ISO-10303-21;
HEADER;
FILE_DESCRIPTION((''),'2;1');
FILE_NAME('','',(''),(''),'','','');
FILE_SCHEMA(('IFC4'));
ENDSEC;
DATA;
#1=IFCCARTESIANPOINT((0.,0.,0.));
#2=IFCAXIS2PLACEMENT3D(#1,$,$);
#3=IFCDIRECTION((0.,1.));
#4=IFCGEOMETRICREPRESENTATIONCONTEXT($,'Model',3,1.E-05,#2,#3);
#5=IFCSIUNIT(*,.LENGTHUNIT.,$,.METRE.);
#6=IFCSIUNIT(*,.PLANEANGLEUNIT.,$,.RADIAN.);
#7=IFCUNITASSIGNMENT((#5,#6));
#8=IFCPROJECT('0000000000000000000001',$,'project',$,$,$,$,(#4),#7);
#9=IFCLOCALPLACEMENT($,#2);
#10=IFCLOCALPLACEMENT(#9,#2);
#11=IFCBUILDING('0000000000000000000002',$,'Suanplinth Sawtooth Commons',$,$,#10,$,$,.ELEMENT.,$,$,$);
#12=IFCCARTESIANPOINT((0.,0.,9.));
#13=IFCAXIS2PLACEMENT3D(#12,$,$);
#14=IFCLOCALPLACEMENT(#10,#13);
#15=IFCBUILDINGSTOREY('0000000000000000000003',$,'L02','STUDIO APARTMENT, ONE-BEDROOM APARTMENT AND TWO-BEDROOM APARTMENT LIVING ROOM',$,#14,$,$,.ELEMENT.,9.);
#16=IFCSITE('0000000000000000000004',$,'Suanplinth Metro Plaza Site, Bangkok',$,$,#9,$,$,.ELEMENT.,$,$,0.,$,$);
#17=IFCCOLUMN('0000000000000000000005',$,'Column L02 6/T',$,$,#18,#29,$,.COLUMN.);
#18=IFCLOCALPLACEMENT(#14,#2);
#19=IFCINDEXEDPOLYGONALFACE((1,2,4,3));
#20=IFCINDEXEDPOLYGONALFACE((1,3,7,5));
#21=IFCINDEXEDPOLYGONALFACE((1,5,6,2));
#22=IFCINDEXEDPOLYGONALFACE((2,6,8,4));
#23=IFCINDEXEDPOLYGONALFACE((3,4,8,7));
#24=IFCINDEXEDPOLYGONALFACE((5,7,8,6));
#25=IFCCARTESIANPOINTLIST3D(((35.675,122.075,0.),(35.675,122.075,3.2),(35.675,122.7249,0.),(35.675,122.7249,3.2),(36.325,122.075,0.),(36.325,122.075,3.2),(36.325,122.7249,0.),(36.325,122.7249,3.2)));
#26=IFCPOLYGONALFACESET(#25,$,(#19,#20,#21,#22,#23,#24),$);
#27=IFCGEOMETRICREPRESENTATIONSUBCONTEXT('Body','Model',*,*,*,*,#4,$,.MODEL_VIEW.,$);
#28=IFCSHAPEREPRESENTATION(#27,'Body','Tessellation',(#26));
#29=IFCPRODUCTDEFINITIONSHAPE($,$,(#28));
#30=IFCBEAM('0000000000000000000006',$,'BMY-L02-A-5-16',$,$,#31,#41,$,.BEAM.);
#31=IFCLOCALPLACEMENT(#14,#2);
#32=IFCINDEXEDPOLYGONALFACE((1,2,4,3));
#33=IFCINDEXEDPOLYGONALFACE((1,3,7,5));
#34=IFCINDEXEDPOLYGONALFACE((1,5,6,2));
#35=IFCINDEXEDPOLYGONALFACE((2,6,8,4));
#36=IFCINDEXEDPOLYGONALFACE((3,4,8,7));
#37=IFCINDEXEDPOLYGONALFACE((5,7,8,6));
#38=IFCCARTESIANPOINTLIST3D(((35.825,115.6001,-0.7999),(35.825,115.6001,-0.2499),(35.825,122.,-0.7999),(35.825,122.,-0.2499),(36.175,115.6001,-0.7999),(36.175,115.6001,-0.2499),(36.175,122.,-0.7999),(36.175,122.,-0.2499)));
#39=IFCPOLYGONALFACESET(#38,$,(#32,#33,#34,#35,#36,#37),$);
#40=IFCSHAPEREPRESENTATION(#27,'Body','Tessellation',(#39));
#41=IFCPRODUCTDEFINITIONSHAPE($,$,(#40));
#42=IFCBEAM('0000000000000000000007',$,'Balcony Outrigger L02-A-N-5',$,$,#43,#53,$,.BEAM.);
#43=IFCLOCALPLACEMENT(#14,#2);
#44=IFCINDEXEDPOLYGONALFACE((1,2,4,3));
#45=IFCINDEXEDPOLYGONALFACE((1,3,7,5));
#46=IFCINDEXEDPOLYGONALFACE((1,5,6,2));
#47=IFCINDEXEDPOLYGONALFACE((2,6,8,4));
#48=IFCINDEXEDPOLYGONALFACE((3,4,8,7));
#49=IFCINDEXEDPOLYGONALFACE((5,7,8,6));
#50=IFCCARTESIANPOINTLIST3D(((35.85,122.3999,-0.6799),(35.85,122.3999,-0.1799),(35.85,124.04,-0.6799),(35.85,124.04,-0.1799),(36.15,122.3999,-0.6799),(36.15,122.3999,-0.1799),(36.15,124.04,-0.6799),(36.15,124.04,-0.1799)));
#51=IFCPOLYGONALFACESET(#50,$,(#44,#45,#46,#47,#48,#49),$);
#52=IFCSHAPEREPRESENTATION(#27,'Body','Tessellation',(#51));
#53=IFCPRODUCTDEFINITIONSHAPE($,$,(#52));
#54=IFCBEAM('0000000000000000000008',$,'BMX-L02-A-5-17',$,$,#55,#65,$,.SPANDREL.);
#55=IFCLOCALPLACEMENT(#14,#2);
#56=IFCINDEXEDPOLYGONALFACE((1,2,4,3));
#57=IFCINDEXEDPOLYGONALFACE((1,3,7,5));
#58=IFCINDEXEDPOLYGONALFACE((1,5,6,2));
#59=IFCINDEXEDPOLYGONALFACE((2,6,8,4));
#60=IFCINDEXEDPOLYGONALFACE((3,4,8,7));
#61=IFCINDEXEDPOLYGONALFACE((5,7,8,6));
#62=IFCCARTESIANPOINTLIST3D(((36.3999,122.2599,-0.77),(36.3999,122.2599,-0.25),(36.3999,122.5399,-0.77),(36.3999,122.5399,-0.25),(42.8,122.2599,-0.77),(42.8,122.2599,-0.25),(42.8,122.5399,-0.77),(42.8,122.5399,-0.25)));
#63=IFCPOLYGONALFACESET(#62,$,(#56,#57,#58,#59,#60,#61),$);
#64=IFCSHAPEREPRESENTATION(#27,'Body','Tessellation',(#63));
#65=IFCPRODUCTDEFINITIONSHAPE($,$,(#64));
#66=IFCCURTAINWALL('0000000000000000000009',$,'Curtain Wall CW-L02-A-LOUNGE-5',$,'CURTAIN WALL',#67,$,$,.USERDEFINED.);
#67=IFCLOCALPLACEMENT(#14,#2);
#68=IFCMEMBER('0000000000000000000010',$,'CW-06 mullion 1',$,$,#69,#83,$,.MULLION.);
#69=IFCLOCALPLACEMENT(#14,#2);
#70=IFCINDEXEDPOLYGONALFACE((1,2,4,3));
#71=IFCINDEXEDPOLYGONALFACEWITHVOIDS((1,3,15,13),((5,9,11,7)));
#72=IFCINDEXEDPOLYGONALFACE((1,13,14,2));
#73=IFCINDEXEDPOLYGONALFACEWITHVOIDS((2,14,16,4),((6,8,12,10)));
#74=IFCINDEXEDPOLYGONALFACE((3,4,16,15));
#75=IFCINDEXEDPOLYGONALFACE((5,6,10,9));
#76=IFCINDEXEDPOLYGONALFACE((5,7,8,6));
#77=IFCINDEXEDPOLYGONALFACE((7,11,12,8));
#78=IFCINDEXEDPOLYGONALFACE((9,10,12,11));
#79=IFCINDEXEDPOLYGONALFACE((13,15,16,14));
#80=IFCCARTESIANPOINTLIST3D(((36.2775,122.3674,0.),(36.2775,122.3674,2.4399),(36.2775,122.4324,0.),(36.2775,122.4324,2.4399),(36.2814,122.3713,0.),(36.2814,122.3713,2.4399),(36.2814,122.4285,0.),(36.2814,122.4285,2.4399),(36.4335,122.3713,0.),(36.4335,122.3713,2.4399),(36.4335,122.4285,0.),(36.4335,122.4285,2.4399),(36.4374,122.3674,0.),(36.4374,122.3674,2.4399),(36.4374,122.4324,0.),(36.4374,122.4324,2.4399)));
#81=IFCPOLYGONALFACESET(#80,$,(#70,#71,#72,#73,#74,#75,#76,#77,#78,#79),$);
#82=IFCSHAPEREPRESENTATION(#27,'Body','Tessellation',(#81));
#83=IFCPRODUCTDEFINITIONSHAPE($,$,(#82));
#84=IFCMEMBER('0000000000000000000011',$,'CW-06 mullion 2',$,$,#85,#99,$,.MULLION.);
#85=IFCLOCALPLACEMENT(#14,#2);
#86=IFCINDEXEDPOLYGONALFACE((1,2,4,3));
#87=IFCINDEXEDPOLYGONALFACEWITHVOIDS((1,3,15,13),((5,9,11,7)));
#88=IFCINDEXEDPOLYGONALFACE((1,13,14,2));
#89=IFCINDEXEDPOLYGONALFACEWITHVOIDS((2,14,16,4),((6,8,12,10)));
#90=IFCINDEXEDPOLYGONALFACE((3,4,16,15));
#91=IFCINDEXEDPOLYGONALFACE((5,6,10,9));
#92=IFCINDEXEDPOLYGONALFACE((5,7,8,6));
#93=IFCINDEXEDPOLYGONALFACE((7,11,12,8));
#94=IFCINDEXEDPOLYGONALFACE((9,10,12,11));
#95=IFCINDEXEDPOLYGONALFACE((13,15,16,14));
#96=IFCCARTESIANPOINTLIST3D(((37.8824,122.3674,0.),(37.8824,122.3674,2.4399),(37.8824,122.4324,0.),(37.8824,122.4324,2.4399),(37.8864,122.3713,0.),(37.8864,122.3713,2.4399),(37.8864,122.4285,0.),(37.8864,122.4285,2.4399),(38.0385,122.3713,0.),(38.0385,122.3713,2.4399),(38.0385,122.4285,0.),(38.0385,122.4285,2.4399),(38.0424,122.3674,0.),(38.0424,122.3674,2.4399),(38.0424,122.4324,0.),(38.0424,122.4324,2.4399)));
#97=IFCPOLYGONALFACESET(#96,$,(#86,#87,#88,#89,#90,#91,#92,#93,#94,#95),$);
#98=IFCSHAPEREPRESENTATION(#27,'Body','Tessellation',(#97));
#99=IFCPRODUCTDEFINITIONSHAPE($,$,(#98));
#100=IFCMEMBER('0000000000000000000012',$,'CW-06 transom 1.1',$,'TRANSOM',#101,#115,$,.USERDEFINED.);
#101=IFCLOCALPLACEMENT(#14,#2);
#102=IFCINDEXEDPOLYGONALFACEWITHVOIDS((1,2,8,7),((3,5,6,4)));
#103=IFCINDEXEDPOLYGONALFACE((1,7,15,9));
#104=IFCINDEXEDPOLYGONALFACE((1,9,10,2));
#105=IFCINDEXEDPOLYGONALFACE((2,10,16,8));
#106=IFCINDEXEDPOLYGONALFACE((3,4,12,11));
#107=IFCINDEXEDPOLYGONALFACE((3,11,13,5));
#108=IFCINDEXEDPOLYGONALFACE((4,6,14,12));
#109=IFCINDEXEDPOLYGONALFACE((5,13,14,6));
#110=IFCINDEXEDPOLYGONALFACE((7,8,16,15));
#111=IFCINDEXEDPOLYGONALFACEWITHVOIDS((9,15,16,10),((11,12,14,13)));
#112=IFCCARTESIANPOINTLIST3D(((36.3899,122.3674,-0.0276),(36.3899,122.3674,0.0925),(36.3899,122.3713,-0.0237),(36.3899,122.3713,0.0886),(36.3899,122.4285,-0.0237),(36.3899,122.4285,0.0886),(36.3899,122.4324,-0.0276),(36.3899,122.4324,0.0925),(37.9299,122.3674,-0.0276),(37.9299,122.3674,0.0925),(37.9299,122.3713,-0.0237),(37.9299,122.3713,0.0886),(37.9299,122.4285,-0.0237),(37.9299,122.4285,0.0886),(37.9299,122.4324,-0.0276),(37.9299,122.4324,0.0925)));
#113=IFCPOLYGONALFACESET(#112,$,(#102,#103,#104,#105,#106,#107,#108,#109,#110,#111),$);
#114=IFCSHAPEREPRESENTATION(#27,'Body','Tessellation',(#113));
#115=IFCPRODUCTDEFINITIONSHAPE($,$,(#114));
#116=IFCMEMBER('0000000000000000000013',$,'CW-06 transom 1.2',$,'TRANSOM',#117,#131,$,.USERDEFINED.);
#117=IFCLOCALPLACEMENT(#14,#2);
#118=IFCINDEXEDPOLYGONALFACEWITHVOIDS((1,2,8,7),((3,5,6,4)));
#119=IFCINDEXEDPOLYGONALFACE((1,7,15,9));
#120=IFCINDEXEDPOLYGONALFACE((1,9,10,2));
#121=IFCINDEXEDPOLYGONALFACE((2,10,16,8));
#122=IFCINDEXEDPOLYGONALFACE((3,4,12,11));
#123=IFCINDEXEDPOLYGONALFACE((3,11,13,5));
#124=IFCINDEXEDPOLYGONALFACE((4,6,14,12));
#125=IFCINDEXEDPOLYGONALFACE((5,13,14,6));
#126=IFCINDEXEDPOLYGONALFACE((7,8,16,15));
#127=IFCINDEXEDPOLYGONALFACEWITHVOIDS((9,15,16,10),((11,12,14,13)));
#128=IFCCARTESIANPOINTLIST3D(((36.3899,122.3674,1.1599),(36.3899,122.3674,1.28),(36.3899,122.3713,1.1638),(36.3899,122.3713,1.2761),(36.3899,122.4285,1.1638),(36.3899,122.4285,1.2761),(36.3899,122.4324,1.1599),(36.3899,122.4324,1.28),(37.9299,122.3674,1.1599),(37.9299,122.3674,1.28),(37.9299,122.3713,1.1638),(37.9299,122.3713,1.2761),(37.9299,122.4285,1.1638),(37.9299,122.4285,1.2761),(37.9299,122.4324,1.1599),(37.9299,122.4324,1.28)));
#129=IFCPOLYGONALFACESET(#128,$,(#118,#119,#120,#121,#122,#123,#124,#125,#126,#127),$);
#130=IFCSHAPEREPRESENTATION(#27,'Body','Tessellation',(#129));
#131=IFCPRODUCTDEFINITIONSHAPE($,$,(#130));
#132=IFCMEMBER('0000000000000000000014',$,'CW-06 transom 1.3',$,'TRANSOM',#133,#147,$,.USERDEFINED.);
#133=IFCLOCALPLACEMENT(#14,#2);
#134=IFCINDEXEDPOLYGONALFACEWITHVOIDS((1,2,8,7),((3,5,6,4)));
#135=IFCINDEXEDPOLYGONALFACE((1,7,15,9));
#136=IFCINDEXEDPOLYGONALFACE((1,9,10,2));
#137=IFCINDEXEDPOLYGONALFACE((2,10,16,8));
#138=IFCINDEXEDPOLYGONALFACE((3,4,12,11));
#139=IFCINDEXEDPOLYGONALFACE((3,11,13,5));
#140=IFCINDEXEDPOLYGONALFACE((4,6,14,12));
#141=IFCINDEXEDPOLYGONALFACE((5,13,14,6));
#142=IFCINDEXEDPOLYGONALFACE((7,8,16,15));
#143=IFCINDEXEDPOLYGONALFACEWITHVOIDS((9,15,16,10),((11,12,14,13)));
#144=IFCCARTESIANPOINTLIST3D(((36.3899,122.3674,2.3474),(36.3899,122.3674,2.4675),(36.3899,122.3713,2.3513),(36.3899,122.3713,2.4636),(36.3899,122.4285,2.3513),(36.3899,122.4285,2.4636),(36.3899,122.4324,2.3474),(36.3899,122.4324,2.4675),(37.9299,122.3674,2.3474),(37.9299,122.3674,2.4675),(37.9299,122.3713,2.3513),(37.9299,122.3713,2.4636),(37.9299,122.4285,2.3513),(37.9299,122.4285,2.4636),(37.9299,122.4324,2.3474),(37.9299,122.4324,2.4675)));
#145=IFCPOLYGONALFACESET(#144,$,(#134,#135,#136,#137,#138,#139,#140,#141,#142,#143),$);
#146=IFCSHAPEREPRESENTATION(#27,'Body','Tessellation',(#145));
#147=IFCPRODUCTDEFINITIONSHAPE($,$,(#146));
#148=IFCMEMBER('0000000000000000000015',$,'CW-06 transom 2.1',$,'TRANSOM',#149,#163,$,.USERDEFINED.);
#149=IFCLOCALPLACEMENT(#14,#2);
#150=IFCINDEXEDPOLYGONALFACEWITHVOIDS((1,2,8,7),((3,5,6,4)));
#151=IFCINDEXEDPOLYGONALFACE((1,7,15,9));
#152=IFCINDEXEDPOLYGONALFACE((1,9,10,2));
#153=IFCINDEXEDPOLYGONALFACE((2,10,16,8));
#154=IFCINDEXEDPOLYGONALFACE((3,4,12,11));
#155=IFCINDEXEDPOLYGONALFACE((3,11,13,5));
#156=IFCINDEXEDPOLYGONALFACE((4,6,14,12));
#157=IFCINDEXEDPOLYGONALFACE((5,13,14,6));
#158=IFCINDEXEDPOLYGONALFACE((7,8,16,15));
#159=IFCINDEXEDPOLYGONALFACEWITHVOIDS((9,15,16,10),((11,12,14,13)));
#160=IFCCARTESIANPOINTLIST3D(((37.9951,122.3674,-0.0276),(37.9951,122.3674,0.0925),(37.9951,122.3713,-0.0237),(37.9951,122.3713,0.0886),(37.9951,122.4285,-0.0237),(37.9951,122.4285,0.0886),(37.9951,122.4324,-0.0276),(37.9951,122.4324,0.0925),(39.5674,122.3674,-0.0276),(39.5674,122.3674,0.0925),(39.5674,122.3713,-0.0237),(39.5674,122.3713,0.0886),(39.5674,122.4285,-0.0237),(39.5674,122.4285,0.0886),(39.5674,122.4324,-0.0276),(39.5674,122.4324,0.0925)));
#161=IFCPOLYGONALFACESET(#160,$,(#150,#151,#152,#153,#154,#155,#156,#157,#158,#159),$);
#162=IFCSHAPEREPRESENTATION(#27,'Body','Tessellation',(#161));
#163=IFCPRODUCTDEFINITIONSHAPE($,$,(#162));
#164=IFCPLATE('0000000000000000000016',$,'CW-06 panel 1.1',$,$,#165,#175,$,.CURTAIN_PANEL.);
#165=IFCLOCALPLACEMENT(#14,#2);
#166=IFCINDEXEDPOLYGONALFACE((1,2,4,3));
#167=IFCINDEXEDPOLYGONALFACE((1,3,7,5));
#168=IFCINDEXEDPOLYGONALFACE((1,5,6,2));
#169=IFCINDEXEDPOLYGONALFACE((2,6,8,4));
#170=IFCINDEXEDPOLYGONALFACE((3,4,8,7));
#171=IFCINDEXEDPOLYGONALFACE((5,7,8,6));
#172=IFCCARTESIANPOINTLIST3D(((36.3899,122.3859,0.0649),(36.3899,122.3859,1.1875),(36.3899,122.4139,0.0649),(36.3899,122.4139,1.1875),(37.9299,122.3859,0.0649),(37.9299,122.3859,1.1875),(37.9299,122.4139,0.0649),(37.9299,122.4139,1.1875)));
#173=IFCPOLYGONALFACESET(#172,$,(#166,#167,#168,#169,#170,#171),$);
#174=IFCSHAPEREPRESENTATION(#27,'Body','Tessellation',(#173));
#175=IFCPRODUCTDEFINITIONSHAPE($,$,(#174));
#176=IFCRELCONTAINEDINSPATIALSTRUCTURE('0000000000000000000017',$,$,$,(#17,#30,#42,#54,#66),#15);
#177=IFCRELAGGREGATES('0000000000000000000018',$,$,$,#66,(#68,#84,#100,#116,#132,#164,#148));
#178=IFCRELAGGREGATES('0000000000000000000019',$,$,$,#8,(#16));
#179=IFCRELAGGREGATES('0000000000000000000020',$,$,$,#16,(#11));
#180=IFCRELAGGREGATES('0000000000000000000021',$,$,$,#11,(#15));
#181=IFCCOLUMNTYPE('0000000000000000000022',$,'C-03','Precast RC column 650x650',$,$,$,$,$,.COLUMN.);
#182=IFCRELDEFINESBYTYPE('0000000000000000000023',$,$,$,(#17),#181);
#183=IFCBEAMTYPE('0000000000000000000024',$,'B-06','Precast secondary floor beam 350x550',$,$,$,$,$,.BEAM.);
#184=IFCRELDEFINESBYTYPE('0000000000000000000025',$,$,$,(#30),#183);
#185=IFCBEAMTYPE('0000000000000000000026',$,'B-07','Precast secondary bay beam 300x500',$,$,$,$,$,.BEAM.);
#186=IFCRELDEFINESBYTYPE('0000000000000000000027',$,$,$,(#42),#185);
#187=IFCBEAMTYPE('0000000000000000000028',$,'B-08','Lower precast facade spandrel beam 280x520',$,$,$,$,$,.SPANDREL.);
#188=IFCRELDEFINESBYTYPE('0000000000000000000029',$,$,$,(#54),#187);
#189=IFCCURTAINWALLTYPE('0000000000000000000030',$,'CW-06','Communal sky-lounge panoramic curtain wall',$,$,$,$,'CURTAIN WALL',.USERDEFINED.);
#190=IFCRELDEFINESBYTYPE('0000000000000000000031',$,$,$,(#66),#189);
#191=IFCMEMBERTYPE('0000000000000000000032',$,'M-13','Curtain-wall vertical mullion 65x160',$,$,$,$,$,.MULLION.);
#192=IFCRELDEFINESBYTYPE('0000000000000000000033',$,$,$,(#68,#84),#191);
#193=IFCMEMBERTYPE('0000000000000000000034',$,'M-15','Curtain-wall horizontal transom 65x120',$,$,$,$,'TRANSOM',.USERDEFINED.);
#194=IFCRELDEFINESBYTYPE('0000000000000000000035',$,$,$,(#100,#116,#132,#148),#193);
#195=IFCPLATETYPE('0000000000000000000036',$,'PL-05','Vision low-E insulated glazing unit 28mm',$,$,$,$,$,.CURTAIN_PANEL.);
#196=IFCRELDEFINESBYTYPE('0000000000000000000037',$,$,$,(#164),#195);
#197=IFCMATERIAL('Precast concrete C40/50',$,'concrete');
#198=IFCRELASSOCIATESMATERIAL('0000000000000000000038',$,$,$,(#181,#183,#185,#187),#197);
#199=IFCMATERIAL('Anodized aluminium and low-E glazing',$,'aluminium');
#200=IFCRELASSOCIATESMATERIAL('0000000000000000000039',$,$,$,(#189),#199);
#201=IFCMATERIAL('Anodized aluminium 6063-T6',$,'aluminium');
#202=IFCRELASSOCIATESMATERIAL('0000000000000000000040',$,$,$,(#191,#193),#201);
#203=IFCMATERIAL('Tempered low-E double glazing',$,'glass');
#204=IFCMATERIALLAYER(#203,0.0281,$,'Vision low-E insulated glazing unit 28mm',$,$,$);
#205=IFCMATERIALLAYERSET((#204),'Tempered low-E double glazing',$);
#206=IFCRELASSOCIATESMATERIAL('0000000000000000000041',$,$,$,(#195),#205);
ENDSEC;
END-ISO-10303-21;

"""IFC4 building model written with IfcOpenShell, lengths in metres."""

from ifc_helpers import new_model, si_unit, direction, frame, origin, origin_2d, place, context, subcontext, project, spatial, rectangle, hollow_rectangle, extrude, material, layer, layer_set, material_profile, profile_set, type_object, element, aggregate, save


model = new_model("IFC4")

# Units and contexts
model_context = context("Model", 3, precision=1e-05, world=origin(), true_north=direction((0.0, 1.0)))
body_context = subcontext(model_context, "Body", "Model", "MODEL_VIEW")
ifc_project = project(units=[si_unit("LENGTHUNIT", "METRE"), si_unit("PLANEANGLEUNIT", "RADIAN")], contexts=[model_context])

# Site, building, storey
site_placement = place(None, origin())
site = spatial("IfcSite", under=ifc_project, at=site_placement, Name="Suanplinth Metro Plaza Site, Bangkok", CompositionType="ELEMENT", RefElevation=0.0)
building_placement = place(site_placement, origin())
building = spatial("IfcBuilding", under=site, at=building_placement, Name="Suanplinth Sawtooth Commons", CompositionType="ELEMENT")
storey_placement = place(building_placement, frame((0.0, 0.0, 9.0)))
storey = spatial("IfcBuildingStorey", under=building, at=storey_placement, Name="L02", Description="STUDIO APARTMENT, ONE-BEDROOM APARTMENT AND TWO-BEDROOM APARTMENT LIVING ROOM", CompositionType="ELEMENT", Elevation=9.0)

# Column
ifc_material_1 = material(Name="Precast concrete C40/50", Category="concrete")
ifc_material_profile_1 = material_profile(ifc_material_1, rectangle(XDim=0.6499, YDim=0.6499, at=origin_2d()), Name="PC-COL 650x650")
ifc_profile_set_1 = profile_set([ifc_material_profile_1], Name="Precast concrete C40/50")
column_type = type_object("IfcColumnType", Name="C-03", Description="Precast RC column 650x650", PredefinedType="COLUMN", material=ifc_profile_set_1)
column_placement = place(storey_placement, frame((36.0, 122.3999, 0.0), z_axis=(0.0, 0.0, 1.0), x_axis=(1.0, 0.0, 0.0)))
element("IfcColumn", 1, at=column_placement, inside=storey, type_object=column_type, Name="Column L02 6/T", PredefinedType="COLUMN", context=body_context, shape_type="SweptSolid", body=[
    extrude(rectangle(XDim=0.6499, YDim=0.6499, at=origin_2d()), origin(), (0.0, 0.0, 1.0), 3.2),
])

# Beams
ifc_material_profile_2 = material_profile(ifc_material_1, rectangle(XDim=0.3501, YDim=0.55, at=origin_2d()), Name="PC-BM 350x550")
ifc_profile_set_2 = profile_set([ifc_material_profile_2], Name="Precast concrete C40/50")
beam_type_1 = type_object("IfcBeamType", Name="B-06", Description="Precast secondary floor beam 350x550", PredefinedType="BEAM", material=ifc_profile_set_2)
beam_1_placement = place(storey_placement, frame((36.0, 115.6001, -0.5249), z_axis=(0.0, 1.0, 0.0), x_axis=(-1.0, 0.0, 0.0)))
element("IfcBeam", 2, at=beam_1_placement, inside=storey, type_object=beam_type_1, Name="BMY-L02-A-5-16", PredefinedType="BEAM", context=body_context, shape_type="SweptSolid", body=[
    extrude(rectangle(XDim=0.3501, YDim=0.55, at=origin_2d()), origin(), (0.0, 0.0, 1.0), 6.3999),
])
ifc_material_profile_3 = material_profile(ifc_material_1, rectangle(XDim=0.3, YDim=0.5, at=origin_2d()), Name="PC-BM 300x500")
ifc_profile_set_3 = profile_set([ifc_material_profile_3], Name="Precast concrete C40/50")
beam_type_2 = type_object("IfcBeamType", Name="B-07", Description="Precast secondary bay beam 300x500", PredefinedType="BEAM", material=ifc_profile_set_3)
beam_2_placement = place(storey_placement, frame((36.0, 122.3999, -0.4299), z_axis=(0.0, 1.0, 0.0), x_axis=(-1.0, 0.0, 0.0)))
element("IfcBeam", 3, at=beam_2_placement, inside=storey, type_object=beam_type_2, Name="Balcony Outrigger L02-A-N-5", PredefinedType="BEAM", context=body_context, shape_type="SweptSolid", body=[
    extrude(rectangle(XDim=0.3, YDim=0.5, at=origin_2d()), origin(), (0.0, 0.0, 1.0), 1.6401),
])
ifc_material_profile_4 = material_profile(ifc_material_1, rectangle(XDim=0.28, YDim=0.52, at=origin_2d()), Name="PC-SP 280x520")
ifc_profile_set_4 = profile_set([ifc_material_profile_4], Name="Precast concrete C40/50")
beam_type_3 = type_object("IfcBeamType", Name="B-08", Description="Lower precast facade spandrel beam 280x520", PredefinedType="SPANDREL", material=ifc_profile_set_4)
beam_3_placement = place(storey_placement, frame((36.3999, 122.3999, -0.51), z_axis=(1.0, 0.0, 0.0), x_axis=(0.0, 1.0, 0.0)))
element("IfcBeam", 4, at=beam_3_placement, inside=storey, type_object=beam_type_3, Name="BMX-L02-A-5-17", PredefinedType="SPANDREL", context=body_context, shape_type="SweptSolid", body=[
    extrude(rectangle(XDim=0.28, YDim=0.52, at=origin_2d()), origin(), (0.0, 0.0, 1.0), 6.4001),
])

# Curtain wall, members, plate
ifc_material_2 = material(Name="Anodized aluminium and low-E glazing", Category="aluminium")
curtain_wall_type = type_object("IfcCurtainWallType", Name="CW-06", Description="Communal sky-lounge panoramic curtain wall", ElementType="CURTAIN WALL", PredefinedType="USERDEFINED", material=ifc_material_2)
curtain_wall_placement = place(storey_placement, origin())
curtain_wall = element("IfcCurtainWall", 5, at=curtain_wall_placement, inside=storey, type_object=curtain_wall_type, Name="Curtain Wall CW-L02-A-LOUNGE-5", ObjectType="CURTAIN WALL", PredefinedType="USERDEFINED")
ifc_material_3 = material(Name="Anodized aluminium 6063-T6", Category="aluminium")
ifc_material_profile_5 = material_profile(ifc_material_3, hollow_rectangle(XDim=0.0649, YDim=0.1599, WallThickness=0.0039, at=origin_2d()), Name="ALU-MUL 65x160")
ifc_profile_set_5 = profile_set([ifc_material_profile_5], Name="Anodized aluminium 6063-T6")
member_type_1 = type_object("IfcMemberType", Name="M-13", Description="Curtain-wall vertical mullion 65x160", PredefinedType="MULLION", material=ifc_profile_set_5)
member_1_placement = place(storey_placement, frame((36.3574, 122.3999, 0.0), z_axis=(0.0, 0.0, 1.0), x_axis=(0.0, 1.0, 0.0)))
member_1 = element("IfcMember", 6, at=member_1_placement, type_object=member_type_1, Name="CW-06 mullion 1", PredefinedType="MULLION", context=body_context, shape_type="SweptSolid", body=[
    extrude(hollow_rectangle(XDim=0.0649, YDim=0.1599, WallThickness=0.0039, at=origin_2d()), origin(), (0.0, 0.0, 1.0), 2.4399),
])
member_2_placement = place(storey_placement, frame((37.9624, 122.3999, 0.0), z_axis=(0.0, 0.0, 1.0), x_axis=(0.0, 1.0, 0.0)))
member_2 = element("IfcMember", 7, at=member_2_placement, type_object=member_type_1, Name="CW-06 mullion 2", PredefinedType="MULLION", context=body_context, shape_type="SweptSolid", body=[
    extrude(hollow_rectangle(XDim=0.0649, YDim=0.1599, WallThickness=0.0039, at=origin_2d()), origin(), (0.0, 0.0, 1.0), 2.4399),
])
ifc_material_profile_6 = material_profile(ifc_material_3, hollow_rectangle(XDim=0.0649, YDim=0.1201, WallThickness=0.0039, at=origin_2d()), Name="ALU-TRN 65x120")
ifc_profile_set_6 = profile_set([ifc_material_profile_6], Name="Anodized aluminium 6063-T6")
member_type_2 = type_object("IfcMemberType", Name="M-15", Description="Curtain-wall horizontal transom 65x120", ElementType="TRANSOM", PredefinedType="USERDEFINED", material=ifc_profile_set_6)
member_3_placement = place(storey_placement, frame((36.3899, 122.3999, 0.0325), z_axis=(1.0, 0.0, 0.0), x_axis=(0.0, 1.0, 0.0)))
member_3 = element("IfcMember", 8, at=member_3_placement, type_object=member_type_2, Name="CW-06 transom 1.1", ObjectType="TRANSOM", PredefinedType="USERDEFINED", context=body_context, shape_type="SweptSolid", body=[
    extrude(hollow_rectangle(XDim=0.0649, YDim=0.1201, WallThickness=0.0039, at=origin_2d()), origin(), (0.0, 0.0, 1.0), 1.54),
])
member_4_placement = place(storey_placement, frame((36.3899, 122.3999, 1.22), z_axis=(1.0, 0.0, 0.0), x_axis=(0.0, 1.0, 0.0)))
member_4 = element("IfcMember", 9, at=member_4_placement, type_object=member_type_2, Name="CW-06 transom 1.2", ObjectType="TRANSOM", PredefinedType="USERDEFINED", context=body_context, shape_type="SweptSolid", body=[
    extrude(hollow_rectangle(XDim=0.0649, YDim=0.1201, WallThickness=0.0039, at=origin_2d()), origin(), (0.0, 0.0, 1.0), 1.54),
])
member_5_placement = place(storey_placement, frame((36.3899, 122.3999, 2.4075), z_axis=(1.0, 0.0, 0.0), x_axis=(0.0, 1.0, 0.0)))
member_5 = element("IfcMember", 10, at=member_5_placement, type_object=member_type_2, Name="CW-06 transom 1.3", ObjectType="TRANSOM", PredefinedType="USERDEFINED", context=body_context, shape_type="SweptSolid", body=[
    extrude(hollow_rectangle(XDim=0.0649, YDim=0.1201, WallThickness=0.0039, at=origin_2d()), origin(), (0.0, 0.0, 1.0), 1.54),
])
member_6_placement = place(storey_placement, frame((37.9951, 122.3999, 0.0325), z_axis=(1.0, 0.0, 0.0), x_axis=(0.0, 1.0, 0.0)))
member_6 = element("IfcMember", 11, at=member_6_placement, type_object=member_type_2, Name="CW-06 transom 2.1", ObjectType="TRANSOM", PredefinedType="USERDEFINED", context=body_context, shape_type="SweptSolid", body=[
    extrude(hollow_rectangle(XDim=0.0649, YDim=0.1201, WallThickness=0.0039, at=origin_2d()), origin(), (0.0, 0.0, 1.0), 1.5723),
])
ifc_material_4 = material(Name="Tempered low-E double glazing", Category="glass")
ifc_layer_1 = layer(ifc_material_4, 0.0281, Name="Vision low-E insulated glazing unit 28mm")
ifc_layer_set_1 = layer_set([ifc_layer_1], Name="Tempered low-E double glazing")
plate_type = type_object("IfcPlateType", Name="PL-05", Description="Vision low-E insulated glazing unit 28mm", PredefinedType="CURTAIN_PANEL", material=ifc_layer_set_1)
plate_1_placement = place(storey_placement, frame((37.1599, 122.3999, 0.0649), z_axis=(0.0, 0.0, 1.0), x_axis=(1.0, 0.0, 0.0)))
plate_1 = element("IfcPlate", 12, at=plate_1_placement, type_object=plate_type, Name="CW-06 panel 1.1", PredefinedType="CURTAIN_PANEL", context=body_context, shape_type="SweptSolid", body=[
    extrude(rectangle(XDim=1.54, YDim=0.0281, at=origin_2d()), origin(), (0.0, 0.0, 1.0), 1.1226),
])
aggregate(curtain_wall, [member_1, member_2, member_3, member_4, member_5, plate_1, member_6])

save(model, "model.ifc")
